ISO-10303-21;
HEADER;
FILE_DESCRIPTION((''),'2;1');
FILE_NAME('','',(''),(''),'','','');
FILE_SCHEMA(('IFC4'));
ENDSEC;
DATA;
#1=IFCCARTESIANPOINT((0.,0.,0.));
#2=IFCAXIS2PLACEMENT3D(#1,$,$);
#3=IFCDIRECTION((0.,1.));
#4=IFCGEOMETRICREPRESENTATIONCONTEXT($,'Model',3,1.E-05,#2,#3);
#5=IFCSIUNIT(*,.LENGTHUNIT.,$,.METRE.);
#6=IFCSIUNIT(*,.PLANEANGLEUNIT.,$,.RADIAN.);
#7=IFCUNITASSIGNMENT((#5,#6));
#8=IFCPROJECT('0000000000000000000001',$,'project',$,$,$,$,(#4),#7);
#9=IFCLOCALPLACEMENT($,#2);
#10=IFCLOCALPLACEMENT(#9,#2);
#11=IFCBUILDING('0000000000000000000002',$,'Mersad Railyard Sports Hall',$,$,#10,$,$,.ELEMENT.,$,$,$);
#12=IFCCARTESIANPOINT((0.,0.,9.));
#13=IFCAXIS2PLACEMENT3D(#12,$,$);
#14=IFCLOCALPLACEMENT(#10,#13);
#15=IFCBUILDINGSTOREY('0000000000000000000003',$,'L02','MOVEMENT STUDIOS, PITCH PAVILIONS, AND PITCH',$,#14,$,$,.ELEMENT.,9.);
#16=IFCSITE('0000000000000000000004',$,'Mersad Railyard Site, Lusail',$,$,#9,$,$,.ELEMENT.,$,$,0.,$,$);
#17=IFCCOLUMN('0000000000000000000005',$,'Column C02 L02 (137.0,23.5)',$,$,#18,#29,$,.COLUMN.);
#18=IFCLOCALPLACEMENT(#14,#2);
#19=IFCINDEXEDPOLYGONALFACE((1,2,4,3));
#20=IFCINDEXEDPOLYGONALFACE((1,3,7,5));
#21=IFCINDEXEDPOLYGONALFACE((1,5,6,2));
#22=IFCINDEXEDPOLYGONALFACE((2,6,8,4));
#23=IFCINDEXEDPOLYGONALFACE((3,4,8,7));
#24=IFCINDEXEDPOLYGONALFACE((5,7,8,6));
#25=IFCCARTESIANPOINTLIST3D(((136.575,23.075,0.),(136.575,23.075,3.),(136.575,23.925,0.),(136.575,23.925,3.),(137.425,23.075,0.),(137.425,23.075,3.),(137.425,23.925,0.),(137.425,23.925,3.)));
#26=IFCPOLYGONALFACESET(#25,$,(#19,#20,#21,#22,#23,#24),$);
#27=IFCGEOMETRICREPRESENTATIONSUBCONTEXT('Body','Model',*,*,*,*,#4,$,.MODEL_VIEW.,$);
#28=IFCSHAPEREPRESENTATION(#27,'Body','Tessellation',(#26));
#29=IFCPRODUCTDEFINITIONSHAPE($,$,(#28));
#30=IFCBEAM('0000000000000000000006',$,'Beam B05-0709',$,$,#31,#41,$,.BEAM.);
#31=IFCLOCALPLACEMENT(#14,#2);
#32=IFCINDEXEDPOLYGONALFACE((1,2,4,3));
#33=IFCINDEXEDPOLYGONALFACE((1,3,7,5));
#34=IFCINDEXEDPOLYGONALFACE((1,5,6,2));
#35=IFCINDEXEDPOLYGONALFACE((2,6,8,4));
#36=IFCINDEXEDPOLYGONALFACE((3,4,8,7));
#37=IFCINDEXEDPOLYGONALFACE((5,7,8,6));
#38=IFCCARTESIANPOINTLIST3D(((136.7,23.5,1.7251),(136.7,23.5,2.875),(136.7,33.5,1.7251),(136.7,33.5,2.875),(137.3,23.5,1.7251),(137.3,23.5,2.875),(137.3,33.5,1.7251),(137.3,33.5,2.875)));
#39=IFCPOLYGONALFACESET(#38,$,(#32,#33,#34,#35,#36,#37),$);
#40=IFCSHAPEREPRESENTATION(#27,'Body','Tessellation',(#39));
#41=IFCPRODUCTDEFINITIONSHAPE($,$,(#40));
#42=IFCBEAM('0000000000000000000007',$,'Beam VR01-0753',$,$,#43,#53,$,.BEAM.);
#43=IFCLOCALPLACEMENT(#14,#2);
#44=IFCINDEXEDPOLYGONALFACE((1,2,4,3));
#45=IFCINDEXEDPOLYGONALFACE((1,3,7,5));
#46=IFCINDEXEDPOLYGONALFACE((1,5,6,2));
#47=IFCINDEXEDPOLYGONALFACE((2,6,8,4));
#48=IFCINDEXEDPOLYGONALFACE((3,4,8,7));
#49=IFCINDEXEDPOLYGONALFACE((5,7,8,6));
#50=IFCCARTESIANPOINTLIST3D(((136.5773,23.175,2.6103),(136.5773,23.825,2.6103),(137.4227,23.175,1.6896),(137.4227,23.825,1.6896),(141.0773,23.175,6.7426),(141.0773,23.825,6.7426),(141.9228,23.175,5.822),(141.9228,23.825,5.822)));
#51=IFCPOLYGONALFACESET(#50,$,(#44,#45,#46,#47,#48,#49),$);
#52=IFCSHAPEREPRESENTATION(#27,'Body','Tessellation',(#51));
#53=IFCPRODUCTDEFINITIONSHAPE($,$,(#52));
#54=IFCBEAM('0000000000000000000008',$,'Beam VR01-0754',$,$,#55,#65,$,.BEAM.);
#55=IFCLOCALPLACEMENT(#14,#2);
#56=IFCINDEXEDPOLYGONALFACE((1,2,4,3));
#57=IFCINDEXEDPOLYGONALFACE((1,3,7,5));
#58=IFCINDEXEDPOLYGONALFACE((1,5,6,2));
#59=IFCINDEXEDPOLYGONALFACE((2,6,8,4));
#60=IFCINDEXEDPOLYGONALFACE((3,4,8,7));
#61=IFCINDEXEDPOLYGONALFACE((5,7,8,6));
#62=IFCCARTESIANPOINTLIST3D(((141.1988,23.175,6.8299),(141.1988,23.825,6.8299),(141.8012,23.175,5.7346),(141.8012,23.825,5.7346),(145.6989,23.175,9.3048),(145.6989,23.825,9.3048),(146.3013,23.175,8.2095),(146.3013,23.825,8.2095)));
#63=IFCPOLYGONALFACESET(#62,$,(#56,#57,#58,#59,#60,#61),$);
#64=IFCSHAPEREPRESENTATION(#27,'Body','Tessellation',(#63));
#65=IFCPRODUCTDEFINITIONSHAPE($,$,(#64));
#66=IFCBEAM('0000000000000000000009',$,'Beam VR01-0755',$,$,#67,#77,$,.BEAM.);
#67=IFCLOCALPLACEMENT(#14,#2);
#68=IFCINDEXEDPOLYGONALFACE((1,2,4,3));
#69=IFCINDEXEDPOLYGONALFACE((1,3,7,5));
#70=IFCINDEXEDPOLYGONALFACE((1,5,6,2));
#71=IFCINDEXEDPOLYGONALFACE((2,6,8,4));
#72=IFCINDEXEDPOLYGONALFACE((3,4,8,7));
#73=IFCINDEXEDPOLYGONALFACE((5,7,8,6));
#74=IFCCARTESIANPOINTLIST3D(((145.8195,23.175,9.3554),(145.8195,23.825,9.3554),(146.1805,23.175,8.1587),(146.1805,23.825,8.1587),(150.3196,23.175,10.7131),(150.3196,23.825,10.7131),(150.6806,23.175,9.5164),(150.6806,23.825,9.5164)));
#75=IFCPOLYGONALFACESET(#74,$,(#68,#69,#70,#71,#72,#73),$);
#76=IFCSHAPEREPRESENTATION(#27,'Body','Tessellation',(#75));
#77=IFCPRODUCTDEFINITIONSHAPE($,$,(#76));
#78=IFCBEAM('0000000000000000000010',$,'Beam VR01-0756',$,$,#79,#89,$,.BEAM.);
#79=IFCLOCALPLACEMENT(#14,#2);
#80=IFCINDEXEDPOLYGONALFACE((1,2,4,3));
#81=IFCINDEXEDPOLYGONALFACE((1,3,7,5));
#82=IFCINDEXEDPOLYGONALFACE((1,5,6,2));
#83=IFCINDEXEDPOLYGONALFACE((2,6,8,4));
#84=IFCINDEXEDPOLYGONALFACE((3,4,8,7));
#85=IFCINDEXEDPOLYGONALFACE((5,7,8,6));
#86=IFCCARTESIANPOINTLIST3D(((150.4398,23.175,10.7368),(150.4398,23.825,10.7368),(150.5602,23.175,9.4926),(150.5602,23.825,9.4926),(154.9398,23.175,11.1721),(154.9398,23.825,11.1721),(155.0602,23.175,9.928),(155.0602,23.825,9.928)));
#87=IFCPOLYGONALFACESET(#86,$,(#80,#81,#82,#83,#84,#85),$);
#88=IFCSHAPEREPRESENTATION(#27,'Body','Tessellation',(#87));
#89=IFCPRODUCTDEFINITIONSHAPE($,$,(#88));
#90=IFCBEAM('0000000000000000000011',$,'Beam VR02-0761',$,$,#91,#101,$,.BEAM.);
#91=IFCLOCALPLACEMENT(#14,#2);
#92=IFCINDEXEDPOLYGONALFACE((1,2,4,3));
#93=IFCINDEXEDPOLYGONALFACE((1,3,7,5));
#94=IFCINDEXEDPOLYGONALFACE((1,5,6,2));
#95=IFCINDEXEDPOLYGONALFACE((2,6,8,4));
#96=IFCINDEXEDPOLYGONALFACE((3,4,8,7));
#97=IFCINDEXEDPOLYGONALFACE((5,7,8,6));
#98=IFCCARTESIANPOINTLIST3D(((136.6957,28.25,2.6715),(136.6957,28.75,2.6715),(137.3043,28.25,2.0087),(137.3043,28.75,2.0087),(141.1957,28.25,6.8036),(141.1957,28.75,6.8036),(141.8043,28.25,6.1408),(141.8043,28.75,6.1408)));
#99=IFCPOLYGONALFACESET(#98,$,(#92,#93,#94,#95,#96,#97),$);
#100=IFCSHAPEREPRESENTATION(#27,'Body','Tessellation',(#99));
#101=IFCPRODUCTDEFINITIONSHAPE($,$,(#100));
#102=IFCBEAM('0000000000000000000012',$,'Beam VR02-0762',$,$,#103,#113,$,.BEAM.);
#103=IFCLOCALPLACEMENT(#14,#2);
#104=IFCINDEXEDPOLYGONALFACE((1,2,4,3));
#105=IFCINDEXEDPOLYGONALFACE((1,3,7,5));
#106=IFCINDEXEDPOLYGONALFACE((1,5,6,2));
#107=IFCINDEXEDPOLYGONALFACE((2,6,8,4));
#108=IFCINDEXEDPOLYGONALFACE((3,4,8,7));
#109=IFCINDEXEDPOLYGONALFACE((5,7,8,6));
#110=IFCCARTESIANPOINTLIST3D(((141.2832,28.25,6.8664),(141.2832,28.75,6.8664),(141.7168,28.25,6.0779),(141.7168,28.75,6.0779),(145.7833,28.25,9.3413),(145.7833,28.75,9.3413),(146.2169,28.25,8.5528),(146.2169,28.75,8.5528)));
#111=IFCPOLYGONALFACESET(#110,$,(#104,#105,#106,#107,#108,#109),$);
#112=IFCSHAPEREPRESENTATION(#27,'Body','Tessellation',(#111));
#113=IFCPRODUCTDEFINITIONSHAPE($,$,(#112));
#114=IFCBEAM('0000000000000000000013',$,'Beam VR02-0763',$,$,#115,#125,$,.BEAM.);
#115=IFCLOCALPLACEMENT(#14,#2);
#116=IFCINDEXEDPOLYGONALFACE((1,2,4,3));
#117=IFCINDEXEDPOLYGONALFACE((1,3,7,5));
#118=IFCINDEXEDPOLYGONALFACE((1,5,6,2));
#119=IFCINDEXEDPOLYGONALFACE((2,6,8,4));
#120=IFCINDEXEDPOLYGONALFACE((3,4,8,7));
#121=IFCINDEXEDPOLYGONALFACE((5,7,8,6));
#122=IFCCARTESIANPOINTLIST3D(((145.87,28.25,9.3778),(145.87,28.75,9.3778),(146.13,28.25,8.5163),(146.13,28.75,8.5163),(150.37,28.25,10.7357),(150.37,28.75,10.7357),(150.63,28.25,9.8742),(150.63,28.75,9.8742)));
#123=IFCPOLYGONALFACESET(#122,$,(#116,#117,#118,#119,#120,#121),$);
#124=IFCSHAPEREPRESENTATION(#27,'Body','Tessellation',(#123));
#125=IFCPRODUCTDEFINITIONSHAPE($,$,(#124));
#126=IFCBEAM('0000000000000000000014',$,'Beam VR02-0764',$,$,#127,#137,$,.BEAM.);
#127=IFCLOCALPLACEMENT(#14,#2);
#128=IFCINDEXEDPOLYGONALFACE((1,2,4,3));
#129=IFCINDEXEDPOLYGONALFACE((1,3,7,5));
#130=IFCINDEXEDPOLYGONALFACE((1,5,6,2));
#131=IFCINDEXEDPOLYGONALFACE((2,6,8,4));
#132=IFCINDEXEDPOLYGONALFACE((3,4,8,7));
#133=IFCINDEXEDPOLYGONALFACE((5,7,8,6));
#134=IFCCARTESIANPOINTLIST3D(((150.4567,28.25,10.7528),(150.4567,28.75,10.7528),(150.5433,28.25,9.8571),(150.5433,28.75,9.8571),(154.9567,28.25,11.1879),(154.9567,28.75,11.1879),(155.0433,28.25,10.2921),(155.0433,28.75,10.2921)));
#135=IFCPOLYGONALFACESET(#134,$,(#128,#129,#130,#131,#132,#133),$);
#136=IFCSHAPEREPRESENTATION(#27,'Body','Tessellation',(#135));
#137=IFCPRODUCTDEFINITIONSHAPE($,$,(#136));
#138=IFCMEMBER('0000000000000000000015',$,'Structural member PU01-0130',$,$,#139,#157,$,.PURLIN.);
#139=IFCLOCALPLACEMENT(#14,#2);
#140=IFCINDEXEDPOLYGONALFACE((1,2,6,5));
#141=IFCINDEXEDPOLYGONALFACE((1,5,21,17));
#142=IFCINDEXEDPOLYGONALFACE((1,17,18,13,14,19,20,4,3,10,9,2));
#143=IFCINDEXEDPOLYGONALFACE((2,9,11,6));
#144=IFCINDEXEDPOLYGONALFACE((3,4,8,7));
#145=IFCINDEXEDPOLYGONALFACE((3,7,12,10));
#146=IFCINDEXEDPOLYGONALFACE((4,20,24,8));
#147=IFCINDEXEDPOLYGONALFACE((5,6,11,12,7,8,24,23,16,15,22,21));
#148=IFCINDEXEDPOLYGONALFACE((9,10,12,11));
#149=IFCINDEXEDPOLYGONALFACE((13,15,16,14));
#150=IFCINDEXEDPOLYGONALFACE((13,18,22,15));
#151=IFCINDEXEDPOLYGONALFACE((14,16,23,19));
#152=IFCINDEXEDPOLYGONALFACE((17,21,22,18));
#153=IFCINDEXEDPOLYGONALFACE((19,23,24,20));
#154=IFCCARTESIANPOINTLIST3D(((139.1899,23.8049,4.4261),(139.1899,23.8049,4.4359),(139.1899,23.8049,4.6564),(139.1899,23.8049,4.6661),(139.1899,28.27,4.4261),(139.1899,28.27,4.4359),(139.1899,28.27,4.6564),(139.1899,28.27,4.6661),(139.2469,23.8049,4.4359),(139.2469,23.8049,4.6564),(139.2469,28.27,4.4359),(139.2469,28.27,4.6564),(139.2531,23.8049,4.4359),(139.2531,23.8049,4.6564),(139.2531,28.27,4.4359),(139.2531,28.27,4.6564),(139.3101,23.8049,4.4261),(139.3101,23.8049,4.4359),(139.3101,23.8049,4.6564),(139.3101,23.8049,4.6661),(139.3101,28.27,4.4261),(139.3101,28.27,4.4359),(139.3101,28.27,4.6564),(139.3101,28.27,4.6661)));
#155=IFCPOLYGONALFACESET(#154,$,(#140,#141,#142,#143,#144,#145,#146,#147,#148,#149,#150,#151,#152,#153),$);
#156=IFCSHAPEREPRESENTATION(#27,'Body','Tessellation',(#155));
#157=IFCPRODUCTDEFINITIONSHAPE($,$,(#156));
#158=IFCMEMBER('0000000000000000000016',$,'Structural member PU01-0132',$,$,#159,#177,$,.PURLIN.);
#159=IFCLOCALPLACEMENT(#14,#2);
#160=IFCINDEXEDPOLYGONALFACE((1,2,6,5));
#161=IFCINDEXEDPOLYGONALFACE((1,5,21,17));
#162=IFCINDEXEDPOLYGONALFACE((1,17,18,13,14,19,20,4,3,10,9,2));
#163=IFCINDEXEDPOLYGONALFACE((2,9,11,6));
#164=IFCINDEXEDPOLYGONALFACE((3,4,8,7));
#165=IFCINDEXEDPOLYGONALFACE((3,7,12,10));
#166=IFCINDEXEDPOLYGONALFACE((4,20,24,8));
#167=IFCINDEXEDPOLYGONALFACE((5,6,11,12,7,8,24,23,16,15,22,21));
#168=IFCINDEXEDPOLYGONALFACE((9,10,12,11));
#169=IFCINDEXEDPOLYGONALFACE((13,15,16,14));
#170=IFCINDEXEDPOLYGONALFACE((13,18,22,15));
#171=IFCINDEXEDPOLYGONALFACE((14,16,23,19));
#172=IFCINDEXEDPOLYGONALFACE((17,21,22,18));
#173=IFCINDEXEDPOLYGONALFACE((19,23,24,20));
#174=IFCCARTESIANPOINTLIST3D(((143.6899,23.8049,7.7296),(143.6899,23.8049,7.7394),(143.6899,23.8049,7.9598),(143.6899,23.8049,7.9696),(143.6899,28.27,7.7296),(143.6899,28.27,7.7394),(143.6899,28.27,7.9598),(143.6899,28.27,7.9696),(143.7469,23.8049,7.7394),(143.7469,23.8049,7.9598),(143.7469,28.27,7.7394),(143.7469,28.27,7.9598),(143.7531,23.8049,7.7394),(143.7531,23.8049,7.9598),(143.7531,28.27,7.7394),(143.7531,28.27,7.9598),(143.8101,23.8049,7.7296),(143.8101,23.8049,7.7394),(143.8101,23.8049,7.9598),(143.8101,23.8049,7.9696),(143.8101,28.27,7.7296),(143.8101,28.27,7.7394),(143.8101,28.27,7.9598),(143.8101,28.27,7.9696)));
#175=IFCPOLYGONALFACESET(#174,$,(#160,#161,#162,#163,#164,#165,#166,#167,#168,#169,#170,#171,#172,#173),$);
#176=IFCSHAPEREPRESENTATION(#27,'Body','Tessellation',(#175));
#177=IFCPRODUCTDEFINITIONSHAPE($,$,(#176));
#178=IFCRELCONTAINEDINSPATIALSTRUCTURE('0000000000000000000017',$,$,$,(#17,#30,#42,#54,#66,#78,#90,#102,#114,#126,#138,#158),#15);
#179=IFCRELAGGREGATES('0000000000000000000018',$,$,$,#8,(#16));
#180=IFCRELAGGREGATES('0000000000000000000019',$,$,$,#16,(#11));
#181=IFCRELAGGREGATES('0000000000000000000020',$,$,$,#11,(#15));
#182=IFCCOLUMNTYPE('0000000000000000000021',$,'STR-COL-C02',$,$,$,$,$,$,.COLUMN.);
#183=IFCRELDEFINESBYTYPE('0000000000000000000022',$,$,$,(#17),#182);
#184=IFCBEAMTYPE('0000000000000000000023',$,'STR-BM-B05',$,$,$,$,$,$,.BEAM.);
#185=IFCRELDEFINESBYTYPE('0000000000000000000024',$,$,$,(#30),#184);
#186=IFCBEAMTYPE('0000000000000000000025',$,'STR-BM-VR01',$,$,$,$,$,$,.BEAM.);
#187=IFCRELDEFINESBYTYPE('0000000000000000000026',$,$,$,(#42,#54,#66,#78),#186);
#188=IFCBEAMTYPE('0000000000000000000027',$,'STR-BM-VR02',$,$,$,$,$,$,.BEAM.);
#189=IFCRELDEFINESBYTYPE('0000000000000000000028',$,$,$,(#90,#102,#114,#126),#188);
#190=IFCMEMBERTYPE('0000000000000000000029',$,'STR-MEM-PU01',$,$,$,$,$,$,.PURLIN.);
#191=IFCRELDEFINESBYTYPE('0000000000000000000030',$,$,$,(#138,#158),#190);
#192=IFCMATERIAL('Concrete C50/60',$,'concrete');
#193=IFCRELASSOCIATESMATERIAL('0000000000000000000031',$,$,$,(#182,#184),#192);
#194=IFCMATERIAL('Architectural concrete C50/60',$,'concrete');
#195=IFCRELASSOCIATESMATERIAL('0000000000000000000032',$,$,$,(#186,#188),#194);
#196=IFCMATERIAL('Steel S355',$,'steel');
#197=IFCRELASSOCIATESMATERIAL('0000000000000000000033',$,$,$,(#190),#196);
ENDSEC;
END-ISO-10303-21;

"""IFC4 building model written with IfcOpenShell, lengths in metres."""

from ifc_helpers import new_model, si_unit, direction, frame, origin, origin_2d, place, context, subcontext, project, spatial, rectangle, i_section, extrude, material, material_profile, profile_set, type_object, element, save


model = new_model("IFC4")

# Units and contexts
model_context = context("Model", 3, precision=1e-05, world=origin(), true_north=direction((0.0, 1.0)))
body_context = subcontext(model_context, "Body", "Model", "MODEL_VIEW")
ifc_project = project(units=[si_unit("LENGTHUNIT", "METRE"), si_unit("PLANEANGLEUNIT", "RADIAN")], contexts=[model_context])

# Site, building, storey
site_placement = place(None, origin())
site = spatial("IfcSite", under=ifc_project, at=site_placement, Name="Mersad Railyard Site, Lusail", CompositionType="ELEMENT", RefElevation=0.0)
building_placement = place(site_placement, origin())
building = spatial("IfcBuilding", under=site, at=building_placement, Name="Mersad Railyard Sports Hall", CompositionType="ELEMENT")
storey_placement = place(building_placement, frame((0.0, 0.0, 9.0)))
storey = spatial("IfcBuildingStorey", under=building, at=storey_placement, Name="L02", Description="MOVEMENT STUDIOS, PITCH PAVILIONS, AND PITCH", CompositionType="ELEMENT", Elevation=9.0)

# Column
ifc_material_1 = material(Name="Concrete C50/60", Category="concrete")
ifc_material_profile_1 = material_profile(ifc_material_1, rectangle(XDim=0.8501, YDim=0.8501, at=origin_2d()), Name="RC 850x850")
ifc_profile_set_1 = profile_set([ifc_material_profile_1], Name="Concrete C50/60")
column_type = type_object("IfcColumnType", Name="STR-COL-C02", PredefinedType="COLUMN", material=ifc_profile_set_1)
column_placement = place(storey_placement, frame((137.0, 23.5, 0.0), z_axis=(0.0, 0.0, 1.0), x_axis=(1.0, 0.0, 0.0)))
element("IfcColumn", 1, at=column_placement, inside=storey, type_object=column_type, Name="Column C02 L02 (137.0,23.5)", PredefinedType="COLUMN", context=body_context, shape_type="SweptSolid", body=[
    extrude(rectangle(XDim=0.8501, YDim=0.8501, at=origin_2d()), origin(), (0.0, 0.0, 1.0), 3.0),
])

# Beams
ifc_material_profile_2 = material_profile(ifc_material_1, rectangle(XDim=0.6001, YDim=1.1499, at=origin_2d()), Name="RC 600x1150")
ifc_profile_set_2 = profile_set([ifc_material_profile_2], Name="Concrete C50/60")
beam_type_1 = type_object("IfcBeamType", Name="STR-BM-B05", PredefinedType="BEAM", material=ifc_profile_set_2)
beam_1_placement = place(storey_placement, frame((137.0, 23.5, 2.3), z_axis=(0.0, 1.0, 0.0), x_axis=(-1.0, 0.0, 0.0)))
element("IfcBeam", 2, at=beam_1_placement, inside=storey, type_object=beam_type_1, Name="Beam B05-0709", PredefinedType="BEAM", context=body_context, shape_type="SweptSolid", body=[
    extrude(rectangle(XDim=0.6001, YDim=1.1499, at=origin_2d()), origin(), (0.0, 0.0, 1.0), 10.0),
])
ifc_material_2 = material(Name="Architectural concrete C50/60", Category="concrete")
ifc_material_profile_3 = material_profile(ifc_material_2, rectangle(XDim=0.6499, YDim=1.25, at=origin_2d()), Name="VR 650x1250")
ifc_profile_set_3 = profile_set([ifc_material_profile_3], Name="Architectural concrete C50/60")
beam_type_2 = type_object("IfcBeamType", Name="STR-BM-VR01", PredefinedType="BEAM", material=ifc_profile_set_3)
beam_2_placement = place(storey_placement, frame((137.0, 23.5, 2.1499), z_axis=(0.736557, 0.0, 0.676376), x_axis=(0.0, 1.0, 0.0)))
element("IfcBeam", 3, at=beam_2_placement, inside=storey, type_object=beam_type_2, Name="Beam VR01-0753", PredefinedType="BEAM", context=body_context, shape_type="SweptSolid", body=[
    extrude(rectangle(XDim=0.6499, YDim=1.25, at=origin_2d()), origin(), (0.0, 0.0, 1.0), 6.1096),
])
beam_3_placement = place(storey_placement, frame((141.5, 23.5, 6.2822), z_axis=(0.876228, 0.0, 0.481897), x_axis=(0.0, 1.0, 0.0)))
element("IfcBeam", 4, at=beam_3_placement, inside=storey, type_object=beam_type_2, Name="Beam VR01-0754", PredefinedType="BEAM", context=body_context, shape_type="SweptSolid", body=[
    extrude(rectangle(XDim=0.6499, YDim=1.25, at=origin_2d()), origin(), (0.0, 0.0, 1.0), 5.1357),
])
beam_4_placement = place(storey_placement, frame((146.0, 23.5, 8.7571), z_axis=(0.957376, 0.0, 0.288844), x_axis=(0.0, 1.0, 0.0)))
element("IfcBeam", 5, at=beam_4_placement, inside=storey, type_object=beam_type_2, Name="Beam VR01-0755", PredefinedType="BEAM", context=body_context, shape_type="SweptSolid", body=[
    extrude(rectangle(XDim=0.6499, YDim=1.25, at=origin_2d()), origin(), (0.0, 0.0, 1.0), 4.7004),
])
beam_5_placement = place(storey_placement, frame((150.5, 23.5, 10.1147), z_axis=(0.995354, 0.0, 0.096285), x_axis=(0.0, 1.0, 0.0)))
element("IfcBeam", 6, at=beam_5_placement, inside=storey, type_object=beam_type_2, Name="Beam VR01-0756", PredefinedType="BEAM", context=body_context, shape_type="SweptSolid", body=[
    extrude(rectangle(XDim=0.6499, YDim=1.25, at=origin_2d()), origin(), (0.0, 0.0, 1.0), 4.521),
])
ifc_material_profile_4 = material_profile(ifc_material_2, rectangle(XDim=0.5, YDim=0.8999, at=origin_2d()), Name="VR 500x900")
ifc_profile_set_4 = profile_set([ifc_material_profile_4], Name="Architectural concrete C50/60")
beam_type_3 = type_object("IfcBeamType", Name="STR-BM-VR02", PredefinedType="BEAM", material=ifc_profile_set_4)
beam_6_placement = place(storey_placement, frame((137.0, 28.5, 2.3401), z_axis=(0.736577, 0.0, 0.676354), x_axis=(0.0, 1.0, 0.0)))
element("IfcBeam", 7, at=beam_6_placement, inside=storey, type_object=beam_type_3, Name="Beam VR02-0761", PredefinedType="BEAM", context=body_context, shape_type="SweptSolid", body=[
    extrude(rectangle(XDim=0.5, YDim=0.8999, at=origin_2d()), origin(), (0.0, 0.0, 1.0), 6.1094),
])
beam_7_placement = place(storey_placement, frame((141.5, 28.5, 6.4722), z_axis=(0.876228, 0.0, 0.481897), x_axis=(0.0, 1.0, 0.0)))
element("IfcBeam", 8, at=beam_7_placement, inside=storey, type_object=beam_type_3, Name="Beam VR02-0762", PredefinedType="BEAM", context=body_context, shape_type="SweptSolid", body=[
    extrude(rectangle(XDim=0.5, YDim=0.8999, at=origin_2d()), origin(), (0.0, 0.0, 1.0), 5.1357),
])
beam_8_placement = place(storey_placement, frame((146.0, 28.5, 8.947), z_axis=(0.957362, 0.0, 0.288891), x_axis=(0.0, 1.0, 0.0)))
element("IfcBeam", 9, at=beam_8_placement, inside=storey, type_object=beam_type_3, Name="Beam VR02-0763", PredefinedType="BEAM", context=body_context, shape_type="SweptSolid", body=[
    extrude(rectangle(XDim=0.5, YDim=0.8999, at=origin_2d()), origin(), (0.0, 0.0, 1.0), 4.7004),
])
beam_9_placement = place(storey_placement, frame((150.5, 28.5, 10.3049), z_axis=(0.995359, 0.0, 0.096231), x_axis=(0.0, 1.0, 0.0)))
element("IfcBeam", 10, at=beam_9_placement, inside=storey, type_object=beam_type_3, Name="Beam VR02-0764", PredefinedType="BEAM", context=body_context, shape_type="SweptSolid", body=[
    extrude(rectangle(XDim=0.5, YDim=0.8999, at=origin_2d()), origin(), (0.0, 0.0, 1.0), 4.521),
])

# Members
ifc_material_3 = material(Name="Steel S355", Category="steel")
ifc_material_profile_5 = material_profile(ifc_material_3, i_section(OverallWidth=0.1201, OverallDepth=0.24, WebThickness=0.0061, FlangeThickness=0.0098, at=origin_2d()), Name="IPE 240")
ifc_profile_set_5 = profile_set([ifc_material_profile_5], Name="Steel S355")
member_type_1 = type_object("IfcMemberType", Name="STR-MEM-PU01", PredefinedType="PURLIN", material=ifc_profile_set_5)
for number, where, z_axis, x_axis, name in (
    (11, (139.25, 23.8049, 4.5461), (0.0, 1.0, 0.0), (-1.0, 0.0, 0.0), "Structural member PU01-0130"),
    (12, (143.75, 23.8049, 7.8496), (0.0, 1.0, 0.0), (-1.0, 0.0, 0.0), "Structural member PU01-0132"),
):
    element("IfcMember", number, at=place(storey_placement, frame(where, z_axis=z_axis, x_axis=x_axis)), inside=storey, type_object=member_type_1, Name=name, PredefinedType="PURLIN", context=body_context, shape_type="SweptSolid", body=[
        extrude(i_section(OverallWidth=0.1201, OverallDepth=0.24, WebThickness=0.0061, FlangeThickness=0.0098, at=origin_2d()), origin(), (0.0, 0.0, 1.0), 4.4651),
    ])

save(model, "model.ifc")
